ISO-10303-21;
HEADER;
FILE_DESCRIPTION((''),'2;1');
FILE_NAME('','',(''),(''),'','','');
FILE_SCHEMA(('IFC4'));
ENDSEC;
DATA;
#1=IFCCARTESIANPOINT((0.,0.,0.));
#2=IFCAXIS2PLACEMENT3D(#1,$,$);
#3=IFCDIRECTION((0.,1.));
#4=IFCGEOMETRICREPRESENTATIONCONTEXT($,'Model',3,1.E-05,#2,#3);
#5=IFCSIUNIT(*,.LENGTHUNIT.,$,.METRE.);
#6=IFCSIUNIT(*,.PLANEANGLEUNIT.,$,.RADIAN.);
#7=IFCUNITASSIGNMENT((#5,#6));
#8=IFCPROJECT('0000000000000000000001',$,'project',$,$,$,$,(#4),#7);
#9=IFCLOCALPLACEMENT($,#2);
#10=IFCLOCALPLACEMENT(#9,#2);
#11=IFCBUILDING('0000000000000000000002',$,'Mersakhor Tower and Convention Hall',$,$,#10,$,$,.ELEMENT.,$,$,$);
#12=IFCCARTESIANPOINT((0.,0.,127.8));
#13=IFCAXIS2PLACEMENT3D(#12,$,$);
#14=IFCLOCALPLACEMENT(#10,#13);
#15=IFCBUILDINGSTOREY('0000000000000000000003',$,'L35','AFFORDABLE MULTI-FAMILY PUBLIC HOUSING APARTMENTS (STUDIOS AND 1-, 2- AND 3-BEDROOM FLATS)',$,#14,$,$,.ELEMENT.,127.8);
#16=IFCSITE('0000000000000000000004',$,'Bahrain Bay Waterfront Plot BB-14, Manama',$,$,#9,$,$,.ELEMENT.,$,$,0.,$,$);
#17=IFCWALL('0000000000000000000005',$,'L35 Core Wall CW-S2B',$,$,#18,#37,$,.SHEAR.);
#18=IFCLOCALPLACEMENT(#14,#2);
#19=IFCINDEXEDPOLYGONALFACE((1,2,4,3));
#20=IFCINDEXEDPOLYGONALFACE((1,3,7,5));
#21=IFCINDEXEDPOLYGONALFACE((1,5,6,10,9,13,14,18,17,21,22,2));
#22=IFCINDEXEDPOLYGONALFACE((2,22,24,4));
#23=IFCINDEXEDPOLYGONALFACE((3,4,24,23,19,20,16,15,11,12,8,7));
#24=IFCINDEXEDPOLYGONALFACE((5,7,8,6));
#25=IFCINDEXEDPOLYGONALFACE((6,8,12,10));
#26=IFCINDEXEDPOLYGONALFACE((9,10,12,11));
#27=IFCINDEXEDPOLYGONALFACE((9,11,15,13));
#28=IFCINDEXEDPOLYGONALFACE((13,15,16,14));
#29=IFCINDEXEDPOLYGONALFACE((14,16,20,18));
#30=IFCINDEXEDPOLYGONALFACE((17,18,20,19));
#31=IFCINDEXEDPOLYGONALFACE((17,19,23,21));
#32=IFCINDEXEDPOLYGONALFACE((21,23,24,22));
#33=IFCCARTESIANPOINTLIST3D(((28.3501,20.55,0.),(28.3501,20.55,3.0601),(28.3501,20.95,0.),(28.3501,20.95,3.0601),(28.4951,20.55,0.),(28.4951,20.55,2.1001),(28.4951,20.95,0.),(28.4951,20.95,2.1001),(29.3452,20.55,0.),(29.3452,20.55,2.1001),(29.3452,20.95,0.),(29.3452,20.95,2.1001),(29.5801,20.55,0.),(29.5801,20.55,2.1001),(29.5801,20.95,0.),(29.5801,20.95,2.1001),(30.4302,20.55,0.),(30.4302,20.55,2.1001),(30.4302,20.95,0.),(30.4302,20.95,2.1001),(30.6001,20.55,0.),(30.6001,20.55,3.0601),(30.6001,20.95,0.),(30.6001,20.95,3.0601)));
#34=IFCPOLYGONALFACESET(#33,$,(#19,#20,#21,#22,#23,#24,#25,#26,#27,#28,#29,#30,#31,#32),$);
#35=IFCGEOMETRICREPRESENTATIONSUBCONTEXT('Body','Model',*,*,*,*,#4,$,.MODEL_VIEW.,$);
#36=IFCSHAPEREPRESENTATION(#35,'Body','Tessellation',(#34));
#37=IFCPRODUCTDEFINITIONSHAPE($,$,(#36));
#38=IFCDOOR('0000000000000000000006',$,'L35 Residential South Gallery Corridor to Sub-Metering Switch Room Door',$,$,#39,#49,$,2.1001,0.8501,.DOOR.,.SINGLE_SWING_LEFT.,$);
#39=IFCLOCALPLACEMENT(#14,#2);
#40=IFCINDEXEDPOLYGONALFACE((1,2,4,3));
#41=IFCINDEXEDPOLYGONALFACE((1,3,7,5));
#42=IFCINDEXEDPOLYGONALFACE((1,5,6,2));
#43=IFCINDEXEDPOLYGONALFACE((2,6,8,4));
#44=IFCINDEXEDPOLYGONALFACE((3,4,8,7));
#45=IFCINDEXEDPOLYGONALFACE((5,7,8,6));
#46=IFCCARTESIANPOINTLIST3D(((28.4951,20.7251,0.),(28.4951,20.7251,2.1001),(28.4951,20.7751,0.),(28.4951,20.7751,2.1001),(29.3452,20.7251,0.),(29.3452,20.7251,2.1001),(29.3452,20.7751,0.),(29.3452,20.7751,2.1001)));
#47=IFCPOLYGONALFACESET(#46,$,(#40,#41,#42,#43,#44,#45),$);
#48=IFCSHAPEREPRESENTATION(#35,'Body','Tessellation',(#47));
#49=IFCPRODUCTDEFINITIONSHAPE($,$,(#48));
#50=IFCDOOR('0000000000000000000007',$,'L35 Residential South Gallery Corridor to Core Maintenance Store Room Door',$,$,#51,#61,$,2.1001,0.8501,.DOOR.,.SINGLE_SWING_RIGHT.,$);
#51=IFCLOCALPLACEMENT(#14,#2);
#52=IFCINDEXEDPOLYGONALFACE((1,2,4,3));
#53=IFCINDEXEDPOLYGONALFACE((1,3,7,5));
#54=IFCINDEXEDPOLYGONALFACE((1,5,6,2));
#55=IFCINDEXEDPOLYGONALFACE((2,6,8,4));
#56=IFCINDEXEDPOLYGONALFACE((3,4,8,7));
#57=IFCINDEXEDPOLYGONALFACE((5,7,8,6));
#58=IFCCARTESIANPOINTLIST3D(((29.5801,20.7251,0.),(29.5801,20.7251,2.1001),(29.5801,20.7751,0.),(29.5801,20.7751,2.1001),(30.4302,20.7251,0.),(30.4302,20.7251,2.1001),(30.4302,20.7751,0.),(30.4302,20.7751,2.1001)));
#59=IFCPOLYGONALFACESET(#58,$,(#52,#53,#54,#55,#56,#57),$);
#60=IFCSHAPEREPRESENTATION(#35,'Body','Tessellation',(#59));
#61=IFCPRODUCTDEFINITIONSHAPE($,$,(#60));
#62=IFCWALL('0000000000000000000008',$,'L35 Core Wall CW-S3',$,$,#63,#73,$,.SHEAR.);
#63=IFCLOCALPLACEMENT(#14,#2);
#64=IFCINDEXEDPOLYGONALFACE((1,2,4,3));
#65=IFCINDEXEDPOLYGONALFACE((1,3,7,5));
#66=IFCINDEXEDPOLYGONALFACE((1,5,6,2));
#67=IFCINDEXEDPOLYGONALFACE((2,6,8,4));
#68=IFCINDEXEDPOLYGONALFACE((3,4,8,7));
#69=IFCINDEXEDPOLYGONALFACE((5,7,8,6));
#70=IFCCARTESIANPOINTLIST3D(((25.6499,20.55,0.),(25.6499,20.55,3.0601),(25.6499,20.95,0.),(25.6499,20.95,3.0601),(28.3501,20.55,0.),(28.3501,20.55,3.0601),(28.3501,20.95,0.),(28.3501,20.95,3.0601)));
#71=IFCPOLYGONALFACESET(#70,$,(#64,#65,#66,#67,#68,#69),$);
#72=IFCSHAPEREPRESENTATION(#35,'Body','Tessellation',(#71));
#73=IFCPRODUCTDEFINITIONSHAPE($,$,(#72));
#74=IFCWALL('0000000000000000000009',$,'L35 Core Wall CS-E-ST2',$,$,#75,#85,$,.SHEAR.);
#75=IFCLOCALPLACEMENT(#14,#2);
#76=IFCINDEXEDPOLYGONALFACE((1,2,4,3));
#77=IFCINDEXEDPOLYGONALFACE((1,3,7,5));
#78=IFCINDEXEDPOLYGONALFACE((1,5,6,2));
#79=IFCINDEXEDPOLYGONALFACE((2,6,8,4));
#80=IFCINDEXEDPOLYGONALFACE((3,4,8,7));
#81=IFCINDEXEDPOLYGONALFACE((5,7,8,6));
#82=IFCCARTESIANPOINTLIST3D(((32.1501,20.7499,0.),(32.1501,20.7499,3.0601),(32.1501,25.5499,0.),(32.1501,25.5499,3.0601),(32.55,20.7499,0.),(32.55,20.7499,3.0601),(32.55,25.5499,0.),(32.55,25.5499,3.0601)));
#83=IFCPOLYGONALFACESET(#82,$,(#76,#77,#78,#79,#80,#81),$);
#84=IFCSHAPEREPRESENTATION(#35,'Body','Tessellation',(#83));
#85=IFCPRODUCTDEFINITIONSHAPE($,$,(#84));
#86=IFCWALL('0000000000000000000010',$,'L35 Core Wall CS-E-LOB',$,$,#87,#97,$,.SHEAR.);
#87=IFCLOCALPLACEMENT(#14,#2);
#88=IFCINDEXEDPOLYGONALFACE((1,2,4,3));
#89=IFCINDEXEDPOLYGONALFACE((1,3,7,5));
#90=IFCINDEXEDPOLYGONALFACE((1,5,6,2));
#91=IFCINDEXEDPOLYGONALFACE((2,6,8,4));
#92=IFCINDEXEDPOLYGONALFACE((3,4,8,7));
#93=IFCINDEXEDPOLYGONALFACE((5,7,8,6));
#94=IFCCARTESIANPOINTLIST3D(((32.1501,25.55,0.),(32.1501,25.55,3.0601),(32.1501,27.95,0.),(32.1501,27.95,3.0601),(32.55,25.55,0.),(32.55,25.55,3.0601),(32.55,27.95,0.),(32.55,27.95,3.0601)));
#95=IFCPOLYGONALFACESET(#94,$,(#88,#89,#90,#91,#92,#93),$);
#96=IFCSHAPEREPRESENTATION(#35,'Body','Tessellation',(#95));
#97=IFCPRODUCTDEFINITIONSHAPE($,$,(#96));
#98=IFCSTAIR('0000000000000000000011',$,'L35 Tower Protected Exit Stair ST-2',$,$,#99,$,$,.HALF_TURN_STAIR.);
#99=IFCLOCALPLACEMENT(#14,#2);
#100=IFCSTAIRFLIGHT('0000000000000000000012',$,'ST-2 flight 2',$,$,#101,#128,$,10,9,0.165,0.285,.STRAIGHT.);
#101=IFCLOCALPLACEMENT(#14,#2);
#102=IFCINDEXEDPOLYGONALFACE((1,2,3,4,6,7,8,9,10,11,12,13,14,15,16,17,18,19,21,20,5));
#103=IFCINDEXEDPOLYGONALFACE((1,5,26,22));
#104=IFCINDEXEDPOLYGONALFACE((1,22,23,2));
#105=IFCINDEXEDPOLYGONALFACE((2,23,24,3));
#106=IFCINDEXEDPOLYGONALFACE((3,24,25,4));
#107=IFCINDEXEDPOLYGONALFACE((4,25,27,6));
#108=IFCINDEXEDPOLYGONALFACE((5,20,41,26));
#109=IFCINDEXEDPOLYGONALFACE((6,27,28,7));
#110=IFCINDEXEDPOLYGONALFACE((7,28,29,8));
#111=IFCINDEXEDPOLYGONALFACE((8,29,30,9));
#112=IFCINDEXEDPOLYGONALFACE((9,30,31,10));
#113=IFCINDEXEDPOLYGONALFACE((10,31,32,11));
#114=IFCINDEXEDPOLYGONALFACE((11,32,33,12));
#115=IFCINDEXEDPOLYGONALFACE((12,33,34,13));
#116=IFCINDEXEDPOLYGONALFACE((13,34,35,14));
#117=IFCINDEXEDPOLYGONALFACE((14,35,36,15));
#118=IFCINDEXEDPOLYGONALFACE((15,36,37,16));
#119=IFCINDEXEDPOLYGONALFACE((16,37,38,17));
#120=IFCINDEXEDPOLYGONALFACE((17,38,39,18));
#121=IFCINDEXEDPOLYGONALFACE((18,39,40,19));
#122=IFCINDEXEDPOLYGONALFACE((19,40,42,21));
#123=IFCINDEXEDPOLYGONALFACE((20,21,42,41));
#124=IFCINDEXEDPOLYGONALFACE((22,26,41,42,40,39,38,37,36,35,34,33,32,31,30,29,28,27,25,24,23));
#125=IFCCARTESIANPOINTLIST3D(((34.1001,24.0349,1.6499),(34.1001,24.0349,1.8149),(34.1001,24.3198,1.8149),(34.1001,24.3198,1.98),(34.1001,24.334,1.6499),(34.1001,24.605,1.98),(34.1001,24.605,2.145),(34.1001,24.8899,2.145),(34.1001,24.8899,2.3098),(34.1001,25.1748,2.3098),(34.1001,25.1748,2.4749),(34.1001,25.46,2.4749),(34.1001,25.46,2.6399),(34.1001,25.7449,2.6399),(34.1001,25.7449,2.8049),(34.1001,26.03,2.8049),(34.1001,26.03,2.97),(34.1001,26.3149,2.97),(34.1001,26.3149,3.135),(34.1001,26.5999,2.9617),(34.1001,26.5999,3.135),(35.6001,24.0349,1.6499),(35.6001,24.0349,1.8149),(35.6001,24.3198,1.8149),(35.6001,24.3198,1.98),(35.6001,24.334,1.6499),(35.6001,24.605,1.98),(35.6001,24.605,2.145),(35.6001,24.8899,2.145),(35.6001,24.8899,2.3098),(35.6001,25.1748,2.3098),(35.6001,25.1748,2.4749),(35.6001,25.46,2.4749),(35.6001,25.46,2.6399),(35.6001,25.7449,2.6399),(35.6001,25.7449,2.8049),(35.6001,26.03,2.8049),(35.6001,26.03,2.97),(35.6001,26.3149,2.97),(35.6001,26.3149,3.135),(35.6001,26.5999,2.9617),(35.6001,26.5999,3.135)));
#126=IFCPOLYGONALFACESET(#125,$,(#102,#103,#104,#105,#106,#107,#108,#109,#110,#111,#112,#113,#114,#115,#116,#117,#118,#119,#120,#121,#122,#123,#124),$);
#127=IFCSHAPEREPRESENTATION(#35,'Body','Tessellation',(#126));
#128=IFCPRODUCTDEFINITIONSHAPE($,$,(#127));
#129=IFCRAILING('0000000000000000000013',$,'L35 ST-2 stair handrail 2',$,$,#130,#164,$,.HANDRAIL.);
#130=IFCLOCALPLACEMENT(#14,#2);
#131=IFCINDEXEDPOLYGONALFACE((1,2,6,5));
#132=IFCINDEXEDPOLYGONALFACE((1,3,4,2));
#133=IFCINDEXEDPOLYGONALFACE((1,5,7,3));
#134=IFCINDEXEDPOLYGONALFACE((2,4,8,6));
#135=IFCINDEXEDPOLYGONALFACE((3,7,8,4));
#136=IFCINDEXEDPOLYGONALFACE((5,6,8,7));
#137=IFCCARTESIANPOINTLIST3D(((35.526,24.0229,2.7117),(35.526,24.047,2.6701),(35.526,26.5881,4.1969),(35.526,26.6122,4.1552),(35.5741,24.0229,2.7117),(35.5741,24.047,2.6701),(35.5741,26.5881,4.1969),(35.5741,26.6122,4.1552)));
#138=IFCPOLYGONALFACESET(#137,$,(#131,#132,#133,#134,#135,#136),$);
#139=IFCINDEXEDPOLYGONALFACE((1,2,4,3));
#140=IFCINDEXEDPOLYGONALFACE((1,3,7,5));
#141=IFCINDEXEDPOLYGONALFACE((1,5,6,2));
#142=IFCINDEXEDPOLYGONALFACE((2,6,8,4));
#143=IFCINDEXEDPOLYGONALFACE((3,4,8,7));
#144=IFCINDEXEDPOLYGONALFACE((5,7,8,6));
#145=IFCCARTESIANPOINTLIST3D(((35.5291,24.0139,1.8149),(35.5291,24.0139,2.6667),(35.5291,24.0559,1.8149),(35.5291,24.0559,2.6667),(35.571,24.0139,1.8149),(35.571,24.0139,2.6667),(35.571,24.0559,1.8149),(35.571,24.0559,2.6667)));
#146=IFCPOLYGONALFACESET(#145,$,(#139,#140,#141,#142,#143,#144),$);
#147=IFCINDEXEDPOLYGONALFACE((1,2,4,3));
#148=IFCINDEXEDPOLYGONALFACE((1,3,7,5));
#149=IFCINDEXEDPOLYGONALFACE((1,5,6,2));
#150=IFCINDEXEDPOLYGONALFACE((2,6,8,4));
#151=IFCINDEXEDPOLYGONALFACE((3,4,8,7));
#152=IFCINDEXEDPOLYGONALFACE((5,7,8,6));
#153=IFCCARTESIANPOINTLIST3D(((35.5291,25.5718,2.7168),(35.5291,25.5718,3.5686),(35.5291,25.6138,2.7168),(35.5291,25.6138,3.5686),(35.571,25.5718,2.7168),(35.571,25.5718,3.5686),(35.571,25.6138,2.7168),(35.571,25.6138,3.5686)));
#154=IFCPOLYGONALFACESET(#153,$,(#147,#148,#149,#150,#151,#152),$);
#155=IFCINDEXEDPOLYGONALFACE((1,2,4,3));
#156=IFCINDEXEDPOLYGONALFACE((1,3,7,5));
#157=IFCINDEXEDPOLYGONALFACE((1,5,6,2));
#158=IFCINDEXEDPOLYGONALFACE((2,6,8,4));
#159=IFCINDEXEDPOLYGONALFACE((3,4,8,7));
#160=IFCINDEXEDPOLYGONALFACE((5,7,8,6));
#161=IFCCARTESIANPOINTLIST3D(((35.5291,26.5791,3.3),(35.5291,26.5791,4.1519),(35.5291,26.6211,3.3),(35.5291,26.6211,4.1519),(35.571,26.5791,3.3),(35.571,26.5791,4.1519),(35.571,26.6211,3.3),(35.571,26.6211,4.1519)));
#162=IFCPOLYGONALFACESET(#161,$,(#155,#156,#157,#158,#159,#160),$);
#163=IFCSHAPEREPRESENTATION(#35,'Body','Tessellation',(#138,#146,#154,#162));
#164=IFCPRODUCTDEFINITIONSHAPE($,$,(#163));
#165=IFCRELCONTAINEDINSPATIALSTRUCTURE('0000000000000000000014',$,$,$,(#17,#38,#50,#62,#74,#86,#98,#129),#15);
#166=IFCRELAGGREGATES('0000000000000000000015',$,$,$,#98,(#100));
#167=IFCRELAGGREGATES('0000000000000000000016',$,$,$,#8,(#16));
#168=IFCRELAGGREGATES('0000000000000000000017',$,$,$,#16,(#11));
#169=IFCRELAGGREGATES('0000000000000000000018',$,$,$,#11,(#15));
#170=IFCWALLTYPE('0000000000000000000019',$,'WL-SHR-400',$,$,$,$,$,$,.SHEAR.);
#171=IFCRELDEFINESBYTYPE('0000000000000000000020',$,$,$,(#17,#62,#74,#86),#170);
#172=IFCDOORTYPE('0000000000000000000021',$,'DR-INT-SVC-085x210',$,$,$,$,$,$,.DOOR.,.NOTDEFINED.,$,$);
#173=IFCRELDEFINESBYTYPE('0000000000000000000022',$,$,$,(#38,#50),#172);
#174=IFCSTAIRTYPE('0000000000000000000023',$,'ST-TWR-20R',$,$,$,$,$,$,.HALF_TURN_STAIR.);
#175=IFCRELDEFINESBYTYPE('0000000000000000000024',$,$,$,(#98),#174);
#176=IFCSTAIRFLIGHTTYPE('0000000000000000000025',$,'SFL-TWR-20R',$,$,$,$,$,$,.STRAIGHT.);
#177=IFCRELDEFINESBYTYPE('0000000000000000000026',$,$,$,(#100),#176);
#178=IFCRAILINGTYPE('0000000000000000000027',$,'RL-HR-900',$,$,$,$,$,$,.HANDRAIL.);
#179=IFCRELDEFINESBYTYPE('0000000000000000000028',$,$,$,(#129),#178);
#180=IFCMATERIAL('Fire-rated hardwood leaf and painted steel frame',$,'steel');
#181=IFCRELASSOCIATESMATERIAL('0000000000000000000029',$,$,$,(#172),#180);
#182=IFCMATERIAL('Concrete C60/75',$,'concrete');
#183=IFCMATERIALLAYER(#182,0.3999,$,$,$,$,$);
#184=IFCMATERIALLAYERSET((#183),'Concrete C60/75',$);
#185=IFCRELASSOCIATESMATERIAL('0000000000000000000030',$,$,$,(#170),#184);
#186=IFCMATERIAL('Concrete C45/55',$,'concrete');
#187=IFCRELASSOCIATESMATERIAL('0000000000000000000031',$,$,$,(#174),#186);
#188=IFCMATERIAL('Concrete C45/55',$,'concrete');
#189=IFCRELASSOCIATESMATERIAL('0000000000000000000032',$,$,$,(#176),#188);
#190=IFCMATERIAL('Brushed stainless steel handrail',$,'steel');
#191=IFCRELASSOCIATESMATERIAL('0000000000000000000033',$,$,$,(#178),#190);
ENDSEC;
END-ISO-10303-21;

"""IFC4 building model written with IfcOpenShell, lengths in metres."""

from ifc_helpers import new_model, si_unit, direction, frame, frame_2d, origin, origin_2d, place, context, subcontext, project, spatial, polyline, rectangle, outline, extrude, material, layer, layer_set, type_object, element, fill, aggregate, save


model = new_model("IFC4")

# Units and contexts
model_context = context("Model", 3, precision=1e-05, world=origin(), true_north=direction((0.0, 1.0)))
body_context = subcontext(model_context, "Body", "Model", "MODEL_VIEW")
ifc_project = project(units=[si_unit("LENGTHUNIT", "METRE"), si_unit("PLANEANGLEUNIT", "RADIAN")], contexts=[model_context])

# Site, building, storey
site_placement = place(None, origin())
site = spatial("IfcSite", under=ifc_project, at=site_placement, Name="Bahrain Bay Waterfront Plot BB-14, Manama", CompositionType="ELEMENT", RefElevation=0.0)
building_placement = place(site_placement, origin())
building = spatial("IfcBuilding", under=site, at=building_placement, Name="Mersakhor Tower and Convention Hall", CompositionType="ELEMENT")
storey_placement = place(building_placement, frame((0.0, 0.0, 127.8)))
storey = spatial("IfcBuildingStorey", under=building, at=storey_placement, Name="L35", Description="AFFORDABLE MULTI-FAMILY PUBLIC HOUSING APARTMENTS (STUDIOS AND 1-, 2- AND 3-BEDROOM FLATS)", CompositionType="ELEMENT", Elevation=127.8)

# Shared definitions
ifc_material_1 = material(Name="Fire-rated hardwood leaf and painted steel frame", Category="steel")
door_type_1 = type_object("IfcDoorType", Name="DR-INT-SVC-085x210", OperationType="NOTDEFINED", PredefinedType="DOOR", material=ifc_material_1)

# Shared definitions
ifc_material_2 = material(Name="Concrete C60/75", Category="concrete")
ifc_layer_1 = layer(ifc_material_2, 0.3999)
ifc_layer_set_1 = layer_set([ifc_layer_1], Name="Concrete C60/75")
wall_type_1 = type_object("IfcWallType", Name="WL-SHR-400", PredefinedType="SHEAR", material=ifc_layer_set_1)

# Wall, openings, doors
wall_1_placement = place(storey_placement, frame((30.6001, 20.75, 0.0), z_axis=(0.0, 0.0, 1.0), x_axis=(-1.0, 0.0, 0.0)))
wall_1 = element("IfcWall", 1, at=wall_1_placement, inside=storey, type_object=wall_type_1, Name="L35 Core Wall CW-S2B", PredefinedType="SHEAR", context=body_context, shape_type="SweptSolid", body=[
    extrude(rectangle(XDim=2.25, YDim=0.3999, at=frame_2d((1.125, 0.0))), origin(), (0.0, 0.0, 1.0), 3.0601),
])
opening_1_placement = place(wall_1_placement, frame((1.2549, 0.0, 0.0)))
opening_1 = element("IfcOpeningElement", 2, at=opening_1_placement, cuts=wall_1, PredefinedType="OPENING", context=body_context, shape_type="SweptSolid", body=[
    extrude(rectangle(XDim=0.8501, YDim=2.1001, at=frame_2d((0.425, 1.05))), frame((0.0, 0.21, 0.0), z_axis=(0.0, -1.0, 0.0), x_axis=(1.0, 0.0, 0.0)), (0.0, 0.0, 1.0), 0.4199),
])
opening_2_placement = place(wall_1_placement, frame((0.1699, 0.0, 0.0)))
opening_2 = element("IfcOpeningElement", 3, at=opening_2_placement, cuts=wall_1, PredefinedType="OPENING", context=body_context, shape_type="SweptSolid", body=[
    extrude(rectangle(XDim=0.8501, YDim=2.1001, at=frame_2d((0.425, 1.05))), frame((0.0, 0.21, 0.0), z_axis=(0.0, -1.0, 0.0), x_axis=(1.0, 0.0, 0.0)), (0.0, 0.0, 1.0), 0.4199),
])
door_1_placement = place(opening_1_placement, origin())
door_1 = element("IfcDoor", 4, at=door_1_placement, inside=storey, type_object=door_type_1, Name="L35 Residential South Gallery Corridor to Sub-Metering Switch Room Door", OperationType="SINGLE_SWING_LEFT", OverallHeight=2.1001, OverallWidth=0.8501, PredefinedType="DOOR", context=body_context, shape_type="SweptSolid", body=[
    extrude(rectangle(XDim=0.8501, YDim=2.1001, at=frame_2d((0.425, 1.05))), frame((0.0, 0.0249, 0.0), z_axis=(0.0, -1.0, 0.0), x_axis=(1.0, 0.0, 0.0)), (0.0, 0.0, 1.0), 0.05),
])
fill(opening_1, door_1)
door_2_placement = place(opening_2_placement, origin())
door_2 = element("IfcDoor", 5, at=door_2_placement, inside=storey, type_object=door_type_1, Name="L35 Residential South Gallery Corridor to Core Maintenance Store Room Door", OperationType="SINGLE_SWING_RIGHT", OverallHeight=2.1001, OverallWidth=0.8501, PredefinedType="DOOR", context=body_context, shape_type="SweptSolid", body=[
    extrude(rectangle(XDim=0.8501, YDim=2.1001, at=frame_2d((0.425, 1.05))), frame((0.0, 0.0249, 0.0), z_axis=(0.0, -1.0, 0.0), x_axis=(1.0, 0.0, 0.0)), (0.0, 0.0, 1.0), 0.05),
])
fill(opening_2, door_2)

# Walls
wall_2_placement = place(storey_placement, frame((28.3501, 20.75, 0.0), z_axis=(0.0, 0.0, 1.0), x_axis=(-1.0, 0.0, 0.0)))
element("IfcWall", 6, at=wall_2_placement, inside=storey, type_object=wall_type_1, Name="L35 Core Wall CW-S3", PredefinedType="SHEAR", context=body_context, shape_type="SweptSolid", body=[
    extrude(rectangle(XDim=2.7002, YDim=0.3999, at=frame_2d((1.3501, 0.0))), origin(), (0.0, 0.0, 1.0), 3.0601),
])
wall_3_placement = place(storey_placement, frame((32.3501, 20.75, 0.0), z_axis=(0.0, 0.0, 1.0), x_axis=(0.0, 1.0, 0.0)))
element("IfcWall", 7, at=wall_3_placement, inside=storey, type_object=wall_type_1, Name="L35 Core Wall CS-E-ST2", PredefinedType="SHEAR", context=body_context, shape_type="SweptSolid", body=[
    extrude(rectangle(XDim=4.8, YDim=0.3999, at=frame_2d((2.3999, 0.0))), origin(), (0.0, 0.0, 1.0), 3.0601),
])
wall_4_placement = place(storey_placement, frame((32.3501, 25.55, 0.0), z_axis=(0.0, 0.0, 1.0), x_axis=(0.0, 1.0, 0.0)))
element("IfcWall", 8, at=wall_4_placement, inside=storey, type_object=wall_type_1, Name="L35 Core Wall CS-E-LOB", PredefinedType="SHEAR", context=body_context, shape_type="SweptSolid", body=[
    extrude(rectangle(XDim=2.3999, YDim=0.3999, at=frame_2d((1.2, 0.0))), origin(), (0.0, 0.0, 1.0), 3.0601),
])

# Stair, stair flight
ifc_material_3 = material(Name="Concrete C45/55", Category="concrete")
stair_type = type_object("IfcStairType", Name="ST-TWR-20R", PredefinedType="HALF_TURN_STAIR", material=ifc_material_3)
stair_placement = place(storey_placement, origin())
stair = element("IfcStair", 9, at=stair_placement, inside=storey, type_object=stair_type, Name="L35 Tower Protected Exit Stair ST-2", PredefinedType="HALF_TURN_STAIR")
ifc_material_4 = material(Name="Concrete C45/55", Category="concrete")
stair_flight_type = type_object("IfcStairFlightType", Name="SFL-TWR-20R", PredefinedType="STRAIGHT", material=ifc_material_4)
stair_flight_placement = place(storey_placement, frame((34.8501, 24.0349, 1.6499), z_axis=(0.0, 0.0, 1.0), x_axis=(0.0, 1.0, 0.0)))
stair_flight = element("IfcStairFlight", 10, at=stair_flight_placement, type_object=stair_flight_type, Name="ST-2 flight 2", NumberOfRisers=10, NumberOfTreads=9, PredefinedType="STRAIGHT", RiserHeight=0.165, TreadLength=0.285, context=body_context, shape_type="SweptSolid", body=[
    extrude(outline(polyline([(0.0, 0.0), (0.0, 0.165), (0.2849, 0.165), (0.2849, 0.3301), (0.5701, 0.3301), (0.5701, 0.4951), (0.855, 0.4951), (0.855, 0.6599), (1.1399, 0.6599), (1.1399, 0.825), (1.425, 0.825), (1.425, 0.99), (1.71, 0.99), (1.71, 1.155), (1.9951, 1.155), (1.9951, 1.3201), (2.28, 1.3201), (2.28, 1.4851), (2.5649, 1.4851), (2.5649, 1.6499), (2.5649, 1.3118), (0.2991, 0.0), (0.0, 0.0)])), frame((0.0, 0.75, 0.0), z_axis=(0.0, -1.0, 0.0), x_axis=(1.0, 0.0, 0.0)), (0.0, 0.0, 1.0), 1.5),
])
aggregate(stair, [stair_flight])

# Railing
ifc_material_5 = material(Name="Brushed stainless steel handrail", Category="steel")
railing_type_1 = type_object("IfcRailingType", Name="RL-HR-900", PredefinedType="HANDRAIL", material=ifc_material_5)
railing_1_placement = place(storey_placement, frame((35.55, 24.0349, 1.8149)))
element("IfcRailing", 11, at=railing_1_placement, inside=storey, type_object=railing_type_1, Name="L35 ST-2 stair handrail 2", PredefinedType="HANDRAIL", context=body_context, shape_type="SweptSolid", body=[
    extrude(rectangle(XDim=0.0481, YDim=0.0481, at=origin_2d()), frame((0.0, 0.0, 0.876), z_axis=(0.0, 0.865426, 0.501036), x_axis=(-1.0, 0.0, 0.0)), (0.0, 0.0, 1.0), 2.9641),
    extrude(rectangle(XDim=0.042, YDim=0.042, at=origin_2d()), origin(), (0.0, 0.0, 1.0), 0.8518),
    extrude(rectangle(XDim=0.042, YDim=0.042, at=origin_2d()), frame((0.0, 1.5579, 0.9019)), (0.0, 0.0, 1.0), 0.8518),
    extrude(rectangle(XDim=0.042, YDim=0.042, at=origin_2d()), frame((0.0, 2.5652, 1.4851)), (0.0, 0.0, 1.0), 0.8518),
])

save(model, "model.ifc")
